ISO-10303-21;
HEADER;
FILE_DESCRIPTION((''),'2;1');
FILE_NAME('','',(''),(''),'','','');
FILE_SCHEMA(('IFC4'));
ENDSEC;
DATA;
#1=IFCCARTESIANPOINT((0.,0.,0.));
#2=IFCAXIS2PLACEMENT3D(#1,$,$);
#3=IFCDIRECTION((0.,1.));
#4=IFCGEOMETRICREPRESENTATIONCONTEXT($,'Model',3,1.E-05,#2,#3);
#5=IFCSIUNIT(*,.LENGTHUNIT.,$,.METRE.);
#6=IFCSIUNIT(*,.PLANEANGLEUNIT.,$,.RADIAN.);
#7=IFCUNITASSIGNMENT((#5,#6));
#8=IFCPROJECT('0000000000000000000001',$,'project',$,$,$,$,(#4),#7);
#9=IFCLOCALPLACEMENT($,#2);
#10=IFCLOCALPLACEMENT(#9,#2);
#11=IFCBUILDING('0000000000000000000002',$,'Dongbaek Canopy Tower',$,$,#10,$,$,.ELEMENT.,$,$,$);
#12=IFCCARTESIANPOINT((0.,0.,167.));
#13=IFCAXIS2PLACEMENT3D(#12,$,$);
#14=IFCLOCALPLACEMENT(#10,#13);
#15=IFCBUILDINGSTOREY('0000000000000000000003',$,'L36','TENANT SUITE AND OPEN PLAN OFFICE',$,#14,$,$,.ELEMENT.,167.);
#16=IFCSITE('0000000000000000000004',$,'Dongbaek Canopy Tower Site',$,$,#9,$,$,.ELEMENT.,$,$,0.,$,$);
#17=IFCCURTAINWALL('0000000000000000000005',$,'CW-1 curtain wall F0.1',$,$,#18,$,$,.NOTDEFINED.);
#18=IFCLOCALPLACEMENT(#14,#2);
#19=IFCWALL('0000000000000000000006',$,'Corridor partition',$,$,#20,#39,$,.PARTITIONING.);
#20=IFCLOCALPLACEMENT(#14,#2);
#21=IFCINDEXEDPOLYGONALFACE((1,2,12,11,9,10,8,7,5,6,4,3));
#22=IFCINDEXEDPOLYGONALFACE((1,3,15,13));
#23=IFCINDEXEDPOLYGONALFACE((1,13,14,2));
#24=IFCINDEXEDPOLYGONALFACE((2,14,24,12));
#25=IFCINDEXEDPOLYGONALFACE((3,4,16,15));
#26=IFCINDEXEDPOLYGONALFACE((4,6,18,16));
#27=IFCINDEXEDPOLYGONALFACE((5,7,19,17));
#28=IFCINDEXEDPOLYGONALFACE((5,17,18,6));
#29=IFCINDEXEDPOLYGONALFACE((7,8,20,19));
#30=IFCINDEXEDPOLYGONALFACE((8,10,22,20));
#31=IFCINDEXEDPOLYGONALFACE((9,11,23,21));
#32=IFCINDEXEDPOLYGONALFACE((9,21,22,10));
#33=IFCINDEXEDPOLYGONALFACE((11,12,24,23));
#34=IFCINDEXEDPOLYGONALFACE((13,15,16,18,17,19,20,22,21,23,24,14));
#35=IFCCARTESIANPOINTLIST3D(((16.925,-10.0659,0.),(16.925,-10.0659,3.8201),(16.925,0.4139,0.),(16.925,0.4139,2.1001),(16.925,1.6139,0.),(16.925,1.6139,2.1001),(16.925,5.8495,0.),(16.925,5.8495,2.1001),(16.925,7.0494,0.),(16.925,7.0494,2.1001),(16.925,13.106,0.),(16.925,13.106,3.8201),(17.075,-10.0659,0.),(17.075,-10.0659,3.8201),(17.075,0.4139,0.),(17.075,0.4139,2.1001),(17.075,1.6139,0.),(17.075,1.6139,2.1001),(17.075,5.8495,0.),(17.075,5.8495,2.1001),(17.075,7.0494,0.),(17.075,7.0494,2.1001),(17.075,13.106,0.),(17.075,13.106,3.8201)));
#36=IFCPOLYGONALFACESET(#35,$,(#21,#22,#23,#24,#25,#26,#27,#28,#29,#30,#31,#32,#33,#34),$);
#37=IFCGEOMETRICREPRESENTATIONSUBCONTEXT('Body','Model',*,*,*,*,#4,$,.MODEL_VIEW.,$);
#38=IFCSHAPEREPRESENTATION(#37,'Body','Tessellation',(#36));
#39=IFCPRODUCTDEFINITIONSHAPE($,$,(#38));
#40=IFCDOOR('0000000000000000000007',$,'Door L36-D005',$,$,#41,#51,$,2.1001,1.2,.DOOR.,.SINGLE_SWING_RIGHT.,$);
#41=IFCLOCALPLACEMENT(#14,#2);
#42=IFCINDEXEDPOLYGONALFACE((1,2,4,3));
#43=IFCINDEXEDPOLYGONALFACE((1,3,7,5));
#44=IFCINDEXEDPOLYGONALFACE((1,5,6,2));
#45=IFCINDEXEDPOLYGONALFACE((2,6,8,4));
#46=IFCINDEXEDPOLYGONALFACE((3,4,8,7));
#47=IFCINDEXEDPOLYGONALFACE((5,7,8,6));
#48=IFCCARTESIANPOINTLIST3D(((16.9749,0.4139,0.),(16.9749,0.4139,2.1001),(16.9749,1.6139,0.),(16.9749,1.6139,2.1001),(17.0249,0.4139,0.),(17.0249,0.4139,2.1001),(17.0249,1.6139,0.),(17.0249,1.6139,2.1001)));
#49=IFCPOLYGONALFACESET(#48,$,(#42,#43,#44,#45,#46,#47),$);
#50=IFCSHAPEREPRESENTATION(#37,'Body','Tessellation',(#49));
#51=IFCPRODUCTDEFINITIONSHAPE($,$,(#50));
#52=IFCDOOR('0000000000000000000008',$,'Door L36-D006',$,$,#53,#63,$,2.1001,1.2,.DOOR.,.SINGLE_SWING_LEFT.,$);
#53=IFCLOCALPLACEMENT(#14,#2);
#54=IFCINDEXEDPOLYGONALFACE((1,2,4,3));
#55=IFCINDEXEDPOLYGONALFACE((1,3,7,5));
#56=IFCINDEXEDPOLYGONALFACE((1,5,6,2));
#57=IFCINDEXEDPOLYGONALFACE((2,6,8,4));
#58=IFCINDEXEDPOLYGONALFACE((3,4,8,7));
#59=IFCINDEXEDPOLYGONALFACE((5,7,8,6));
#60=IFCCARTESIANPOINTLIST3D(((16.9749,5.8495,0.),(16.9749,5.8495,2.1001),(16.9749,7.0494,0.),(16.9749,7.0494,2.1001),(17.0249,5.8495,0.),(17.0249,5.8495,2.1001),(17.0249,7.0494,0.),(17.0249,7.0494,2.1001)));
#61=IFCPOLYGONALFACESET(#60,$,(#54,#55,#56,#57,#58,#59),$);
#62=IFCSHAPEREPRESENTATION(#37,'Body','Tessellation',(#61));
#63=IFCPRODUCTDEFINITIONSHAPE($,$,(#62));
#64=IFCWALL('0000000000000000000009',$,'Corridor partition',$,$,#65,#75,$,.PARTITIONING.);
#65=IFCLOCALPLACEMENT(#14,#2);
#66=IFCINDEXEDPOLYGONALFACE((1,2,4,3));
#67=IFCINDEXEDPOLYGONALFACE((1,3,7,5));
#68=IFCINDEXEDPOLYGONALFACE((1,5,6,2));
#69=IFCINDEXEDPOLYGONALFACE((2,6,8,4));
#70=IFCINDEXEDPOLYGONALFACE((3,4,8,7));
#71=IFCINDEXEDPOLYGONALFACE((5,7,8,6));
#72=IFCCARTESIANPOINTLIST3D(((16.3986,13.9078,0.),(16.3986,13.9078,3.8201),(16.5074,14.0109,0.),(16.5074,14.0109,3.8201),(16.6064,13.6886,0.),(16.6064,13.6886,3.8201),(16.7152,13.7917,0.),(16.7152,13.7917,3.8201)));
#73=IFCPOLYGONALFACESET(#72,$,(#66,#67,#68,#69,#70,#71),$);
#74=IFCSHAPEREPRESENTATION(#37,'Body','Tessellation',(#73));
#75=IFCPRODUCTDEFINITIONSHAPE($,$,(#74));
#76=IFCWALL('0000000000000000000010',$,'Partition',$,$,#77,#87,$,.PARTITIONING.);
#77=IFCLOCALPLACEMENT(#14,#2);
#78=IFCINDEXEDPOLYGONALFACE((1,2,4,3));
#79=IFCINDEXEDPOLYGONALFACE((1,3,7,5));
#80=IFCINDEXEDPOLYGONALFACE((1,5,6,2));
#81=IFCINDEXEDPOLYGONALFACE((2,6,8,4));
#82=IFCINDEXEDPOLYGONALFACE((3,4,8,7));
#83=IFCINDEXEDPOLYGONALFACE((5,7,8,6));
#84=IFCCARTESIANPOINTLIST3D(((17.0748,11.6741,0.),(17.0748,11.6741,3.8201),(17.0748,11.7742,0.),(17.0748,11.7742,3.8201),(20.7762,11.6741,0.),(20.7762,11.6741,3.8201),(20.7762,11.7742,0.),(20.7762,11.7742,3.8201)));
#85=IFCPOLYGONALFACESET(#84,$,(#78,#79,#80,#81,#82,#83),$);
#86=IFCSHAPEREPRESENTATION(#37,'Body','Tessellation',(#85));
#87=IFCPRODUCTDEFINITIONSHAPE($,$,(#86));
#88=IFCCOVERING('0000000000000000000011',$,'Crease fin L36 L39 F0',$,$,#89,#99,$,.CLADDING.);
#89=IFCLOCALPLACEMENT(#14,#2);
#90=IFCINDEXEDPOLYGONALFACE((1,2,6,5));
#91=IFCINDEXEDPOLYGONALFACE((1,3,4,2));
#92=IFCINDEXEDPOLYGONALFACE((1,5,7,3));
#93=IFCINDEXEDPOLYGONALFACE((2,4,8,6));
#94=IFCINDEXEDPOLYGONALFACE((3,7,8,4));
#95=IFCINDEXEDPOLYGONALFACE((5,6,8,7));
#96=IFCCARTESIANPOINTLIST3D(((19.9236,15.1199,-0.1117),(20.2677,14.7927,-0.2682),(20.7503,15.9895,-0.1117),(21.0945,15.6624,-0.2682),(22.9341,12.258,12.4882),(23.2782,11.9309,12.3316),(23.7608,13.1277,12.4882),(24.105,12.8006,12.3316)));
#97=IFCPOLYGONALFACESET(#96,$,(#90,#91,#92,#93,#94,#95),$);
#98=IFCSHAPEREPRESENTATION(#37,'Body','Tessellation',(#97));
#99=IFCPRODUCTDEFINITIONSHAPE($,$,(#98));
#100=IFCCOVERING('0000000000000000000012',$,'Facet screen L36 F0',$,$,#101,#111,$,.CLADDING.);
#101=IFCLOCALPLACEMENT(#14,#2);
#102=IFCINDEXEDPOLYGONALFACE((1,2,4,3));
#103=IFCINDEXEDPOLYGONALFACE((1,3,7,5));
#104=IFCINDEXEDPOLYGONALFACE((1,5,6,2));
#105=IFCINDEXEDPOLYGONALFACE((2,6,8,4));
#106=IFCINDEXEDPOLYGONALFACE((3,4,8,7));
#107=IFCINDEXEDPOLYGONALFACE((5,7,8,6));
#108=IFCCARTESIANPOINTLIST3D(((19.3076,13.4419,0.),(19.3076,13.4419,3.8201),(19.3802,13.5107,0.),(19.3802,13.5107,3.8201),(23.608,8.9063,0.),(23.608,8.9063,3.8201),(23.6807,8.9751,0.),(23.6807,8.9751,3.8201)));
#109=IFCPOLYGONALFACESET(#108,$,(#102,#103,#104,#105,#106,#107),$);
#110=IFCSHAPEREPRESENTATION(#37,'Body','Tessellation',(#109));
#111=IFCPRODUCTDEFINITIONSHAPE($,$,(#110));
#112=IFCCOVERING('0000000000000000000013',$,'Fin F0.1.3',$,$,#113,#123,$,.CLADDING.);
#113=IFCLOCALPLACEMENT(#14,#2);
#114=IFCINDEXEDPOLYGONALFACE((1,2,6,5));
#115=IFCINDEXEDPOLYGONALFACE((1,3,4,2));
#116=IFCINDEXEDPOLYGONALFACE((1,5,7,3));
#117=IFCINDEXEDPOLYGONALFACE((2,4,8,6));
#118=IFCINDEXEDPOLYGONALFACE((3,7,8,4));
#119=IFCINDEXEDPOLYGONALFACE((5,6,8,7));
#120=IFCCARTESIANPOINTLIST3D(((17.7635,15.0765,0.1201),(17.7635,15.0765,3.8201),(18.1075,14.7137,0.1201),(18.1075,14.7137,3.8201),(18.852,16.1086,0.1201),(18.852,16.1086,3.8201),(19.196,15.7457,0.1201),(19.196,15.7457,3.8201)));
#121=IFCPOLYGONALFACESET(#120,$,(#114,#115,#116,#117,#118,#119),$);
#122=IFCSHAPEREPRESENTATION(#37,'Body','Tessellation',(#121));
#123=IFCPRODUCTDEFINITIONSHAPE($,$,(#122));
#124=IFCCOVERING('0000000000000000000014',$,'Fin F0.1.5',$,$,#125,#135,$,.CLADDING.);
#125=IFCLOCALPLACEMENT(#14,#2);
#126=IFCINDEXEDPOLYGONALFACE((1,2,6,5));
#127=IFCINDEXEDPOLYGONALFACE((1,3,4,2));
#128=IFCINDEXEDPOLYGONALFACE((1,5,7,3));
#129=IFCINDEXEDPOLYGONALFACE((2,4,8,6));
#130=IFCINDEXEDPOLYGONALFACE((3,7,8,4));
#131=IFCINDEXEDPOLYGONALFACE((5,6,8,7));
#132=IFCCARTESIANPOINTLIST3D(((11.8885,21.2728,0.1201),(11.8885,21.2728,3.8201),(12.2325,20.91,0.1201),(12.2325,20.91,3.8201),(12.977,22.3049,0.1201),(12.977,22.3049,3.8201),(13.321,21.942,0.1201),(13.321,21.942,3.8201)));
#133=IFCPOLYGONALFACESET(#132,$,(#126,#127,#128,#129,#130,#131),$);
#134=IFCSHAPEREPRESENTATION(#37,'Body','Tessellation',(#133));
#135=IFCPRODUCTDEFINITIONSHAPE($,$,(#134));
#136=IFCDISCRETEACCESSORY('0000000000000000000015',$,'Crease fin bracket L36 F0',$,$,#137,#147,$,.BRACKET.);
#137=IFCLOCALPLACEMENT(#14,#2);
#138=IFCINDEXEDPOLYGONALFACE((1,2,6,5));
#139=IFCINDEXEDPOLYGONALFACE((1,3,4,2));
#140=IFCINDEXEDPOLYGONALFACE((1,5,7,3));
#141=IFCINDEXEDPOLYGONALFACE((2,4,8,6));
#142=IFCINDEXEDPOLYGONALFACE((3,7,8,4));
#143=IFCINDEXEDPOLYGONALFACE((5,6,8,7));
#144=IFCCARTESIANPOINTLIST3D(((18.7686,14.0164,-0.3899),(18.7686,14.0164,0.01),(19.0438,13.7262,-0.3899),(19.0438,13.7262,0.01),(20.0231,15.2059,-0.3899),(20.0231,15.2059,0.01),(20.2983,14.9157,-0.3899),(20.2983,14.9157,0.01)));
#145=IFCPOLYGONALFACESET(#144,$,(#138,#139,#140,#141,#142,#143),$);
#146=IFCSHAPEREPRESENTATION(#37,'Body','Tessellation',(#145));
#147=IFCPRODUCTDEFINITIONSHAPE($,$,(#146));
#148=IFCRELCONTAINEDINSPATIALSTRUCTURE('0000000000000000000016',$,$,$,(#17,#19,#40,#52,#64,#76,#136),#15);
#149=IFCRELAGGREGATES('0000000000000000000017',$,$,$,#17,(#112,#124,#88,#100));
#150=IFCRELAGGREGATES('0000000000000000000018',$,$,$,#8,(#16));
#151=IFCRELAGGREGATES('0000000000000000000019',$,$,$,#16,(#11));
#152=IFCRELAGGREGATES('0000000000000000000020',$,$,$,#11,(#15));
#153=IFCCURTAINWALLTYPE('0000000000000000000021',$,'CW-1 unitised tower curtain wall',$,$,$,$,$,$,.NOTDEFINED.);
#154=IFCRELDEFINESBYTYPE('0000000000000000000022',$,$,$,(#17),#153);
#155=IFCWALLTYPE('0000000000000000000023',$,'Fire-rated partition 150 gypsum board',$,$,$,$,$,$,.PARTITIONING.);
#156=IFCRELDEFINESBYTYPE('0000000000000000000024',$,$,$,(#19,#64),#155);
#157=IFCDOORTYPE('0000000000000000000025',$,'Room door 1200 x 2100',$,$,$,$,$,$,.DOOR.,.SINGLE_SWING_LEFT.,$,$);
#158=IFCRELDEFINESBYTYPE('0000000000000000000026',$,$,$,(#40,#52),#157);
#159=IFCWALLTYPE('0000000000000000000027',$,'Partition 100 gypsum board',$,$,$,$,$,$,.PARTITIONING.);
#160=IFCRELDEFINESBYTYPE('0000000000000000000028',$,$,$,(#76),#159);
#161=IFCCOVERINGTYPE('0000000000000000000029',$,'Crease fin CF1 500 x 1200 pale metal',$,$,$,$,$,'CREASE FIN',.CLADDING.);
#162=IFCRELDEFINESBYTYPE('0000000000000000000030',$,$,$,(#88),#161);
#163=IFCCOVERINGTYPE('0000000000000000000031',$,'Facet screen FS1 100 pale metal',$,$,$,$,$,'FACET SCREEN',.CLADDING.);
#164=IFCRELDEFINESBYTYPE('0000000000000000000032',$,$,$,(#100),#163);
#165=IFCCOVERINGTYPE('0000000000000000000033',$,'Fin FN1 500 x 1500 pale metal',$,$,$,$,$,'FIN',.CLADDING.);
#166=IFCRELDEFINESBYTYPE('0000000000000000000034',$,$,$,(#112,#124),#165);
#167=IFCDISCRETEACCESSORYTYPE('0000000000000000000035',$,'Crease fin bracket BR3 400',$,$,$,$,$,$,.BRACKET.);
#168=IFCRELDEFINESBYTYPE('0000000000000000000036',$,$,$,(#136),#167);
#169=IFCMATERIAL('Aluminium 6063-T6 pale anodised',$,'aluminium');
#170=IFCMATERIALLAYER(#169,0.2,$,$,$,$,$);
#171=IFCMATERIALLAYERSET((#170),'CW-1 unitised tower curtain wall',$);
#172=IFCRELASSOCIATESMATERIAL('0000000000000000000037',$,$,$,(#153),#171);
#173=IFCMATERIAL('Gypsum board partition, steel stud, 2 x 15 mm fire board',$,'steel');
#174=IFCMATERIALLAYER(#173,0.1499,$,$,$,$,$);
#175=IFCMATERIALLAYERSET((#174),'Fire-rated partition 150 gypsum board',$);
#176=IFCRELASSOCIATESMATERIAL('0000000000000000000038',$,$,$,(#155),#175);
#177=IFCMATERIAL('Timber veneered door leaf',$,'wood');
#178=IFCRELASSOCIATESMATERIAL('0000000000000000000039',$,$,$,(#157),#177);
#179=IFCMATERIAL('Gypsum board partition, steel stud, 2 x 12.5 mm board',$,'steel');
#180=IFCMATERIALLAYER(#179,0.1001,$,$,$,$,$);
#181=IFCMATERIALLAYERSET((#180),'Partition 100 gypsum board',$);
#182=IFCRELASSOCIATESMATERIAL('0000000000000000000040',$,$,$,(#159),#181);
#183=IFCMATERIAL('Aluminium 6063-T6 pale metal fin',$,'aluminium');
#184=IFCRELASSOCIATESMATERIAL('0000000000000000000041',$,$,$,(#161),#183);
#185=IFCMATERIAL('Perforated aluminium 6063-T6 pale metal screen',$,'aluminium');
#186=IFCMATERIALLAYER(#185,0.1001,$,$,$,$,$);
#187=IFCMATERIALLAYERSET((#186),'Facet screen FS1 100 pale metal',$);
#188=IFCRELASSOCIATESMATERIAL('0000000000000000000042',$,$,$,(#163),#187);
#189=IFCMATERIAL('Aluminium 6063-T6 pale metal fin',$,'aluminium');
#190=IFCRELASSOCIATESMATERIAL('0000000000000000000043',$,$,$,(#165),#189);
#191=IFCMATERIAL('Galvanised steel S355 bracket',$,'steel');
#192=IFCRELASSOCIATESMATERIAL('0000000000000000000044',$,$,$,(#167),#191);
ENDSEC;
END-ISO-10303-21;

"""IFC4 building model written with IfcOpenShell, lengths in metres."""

from ifc_helpers import new_model, si_unit, direction, frame, frame_2d, origin, origin_2d, place, context, subcontext, project, spatial, rectangle, extrude, material, layer, layer_set, material_profile, profile_set, type_object, element, fill, aggregate, save


model = new_model("IFC4")

# Units and contexts
model_context = context("Model", 3, precision=1e-05, world=origin(), true_north=direction((0.0, 1.0)))
body_context = subcontext(model_context, "Body", "Model", "MODEL_VIEW")
ifc_project = project(units=[si_unit("LENGTHUNIT", "METRE"), si_unit("PLANEANGLEUNIT", "RADIAN")], contexts=[model_context])

# Site, building, storey
site_placement = place(None, origin())
site = spatial("IfcSite", under=ifc_project, at=site_placement, Name="Dongbaek Canopy Tower Site", CompositionType="ELEMENT", RefElevation=0.0)
building_placement = place(site_placement, origin())
building = spatial("IfcBuilding", under=site, at=building_placement, Name="Dongbaek Canopy Tower", CompositionType="ELEMENT")
storey_placement = place(building_placement, frame((0.0, 0.0, 167.0)))
storey = spatial("IfcBuildingStorey", under=building, at=storey_placement, Name="L36", Description="TENANT SUITE AND OPEN PLAN OFFICE", CompositionType="ELEMENT", Elevation=167.0)

# Curtain wall
ifc_material_1 = material(Name="Aluminium 6063-T6 pale anodised", Category="aluminium")
ifc_layer_1 = layer(ifc_material_1, 0.2)
ifc_layer_set_1 = layer_set([ifc_layer_1], Name="CW-1 unitised tower curtain wall")
curtain_wall_type = type_object("IfcCurtainWallType", Name="CW-1 unitised tower curtain wall", PredefinedType="NOTDEFINED", material=ifc_layer_set_1)
curtain_wall_placement = place(storey_placement, origin())
curtain_wall = element("IfcCurtainWall", 1, at=curtain_wall_placement, inside=storey, type_object=curtain_wall_type, Name="CW-1 curtain wall F0.1", PredefinedType="NOTDEFINED")

# Wall, openings, doors
ifc_material_2 = material(Name="Gypsum board partition, steel stud, 2 x 15 mm fire board", Category="steel")
ifc_layer_2 = layer(ifc_material_2, 0.1499)
ifc_layer_set_2 = layer_set([ifc_layer_2], Name="Fire-rated partition 150 gypsum board")
wall_type_1 = type_object("IfcWallType", Name="Fire-rated partition 150 gypsum board", PredefinedType="PARTITIONING", material=ifc_layer_set_2)
wall_1_placement = place(storey_placement, frame((17.0, 13.106, 0.0), z_axis=(0.0, 0.0, 1.0), x_axis=(0.0, -1.0, 0.0)))
wall_1 = element("IfcWall", 2, at=wall_1_placement, inside=storey, type_object=wall_type_1, Name="Corridor partition", PredefinedType="PARTITIONING", context=body_context, shape_type="SweptSolid", body=[
    extrude(rectangle(XDim=23.1719, YDim=0.1499, at=frame_2d((11.5859, 0.0))), origin(), (0.0, 0.0, 1.0), 3.8201),
])
opening_1_placement = place(wall_1_placement, frame((11.4919, 0.0, 0.0)))
opening_1 = element("IfcOpeningElement", 3, at=opening_1_placement, cuts=wall_1, PredefinedType="OPENING", context=body_context, shape_type="SweptSolid", body=[
    extrude(rectangle(XDim=1.2, YDim=2.1001, at=frame_2d((0.6001, 1.05))), frame((0.0, 0.085, 0.0), z_axis=(0.0, -1.0, 0.0), x_axis=(1.0, 0.0, 0.0)), (0.0, 0.0, 1.0), 0.1699),
])
opening_2_placement = place(wall_1_placement, frame((6.0564, 0.0, 0.0)))
opening_2 = element("IfcOpeningElement", 4, at=opening_2_placement, cuts=wall_1, PredefinedType="OPENING", context=body_context, shape_type="SweptSolid", body=[
    extrude(rectangle(XDim=1.2, YDim=2.1001, at=frame_2d((0.6001, 1.05))), frame((0.0, 0.085, 0.0), z_axis=(0.0, -1.0, 0.0), x_axis=(1.0, 0.0, 0.0)), (0.0, 0.0, 1.0), 0.1699),
])
ifc_material_3 = material(Name="Timber veneered door leaf", Category="wood")
door_type = type_object("IfcDoorType", Name="Room door 1200 x 2100", OperationType="SINGLE_SWING_LEFT", PredefinedType="DOOR", material=ifc_material_3)
door_1_placement = place(opening_1_placement, origin())
door_1 = element("IfcDoor", 5, at=door_1_placement, inside=storey, type_object=door_type, Name="Door L36-D005", OperationType="SINGLE_SWING_RIGHT", OverallHeight=2.1001, OverallWidth=1.2, PredefinedType="DOOR", context=body_context, shape_type="SweptSolid", body=[
    extrude(rectangle(XDim=1.2, YDim=2.1001, at=frame_2d((0.6001, 1.05))), frame((0.0, 0.0249, 0.0), z_axis=(0.0, -1.0, 0.0), x_axis=(1.0, 0.0, 0.0)), (0.0, 0.0, 1.0), 0.05),
])
fill(opening_1, door_1)
door_2_placement = place(opening_2_placement, origin())
door_2 = element("IfcDoor", 6, at=door_2_placement, inside=storey, type_object=door_type, Name="Door L36-D006", OperationType="SINGLE_SWING_LEFT", OverallHeight=2.1001, OverallWidth=1.2, PredefinedType="DOOR", context=body_context, shape_type="SweptSolid", body=[
    extrude(rectangle(XDim=1.2, YDim=2.1001, at=frame_2d((0.6001, 1.05))), frame((0.0, 0.0249, 0.0), z_axis=(0.0, -1.0, 0.0), x_axis=(1.0, 0.0, 0.0)), (0.0, 0.0, 1.0), 0.05),
])
fill(opening_2, door_2)

# Walls
wall_2_placement = place(storey_placement, frame((16.4531, 13.9592, 0.0), z_axis=(0.0, 0.0, 1.0), x_axis=(0.687857, -0.725846, 0.0)))
element("IfcWall", 7, at=wall_2_placement, inside=storey, type_object=wall_type_1, Name="Corridor partition", PredefinedType="PARTITIONING", context=body_context, shape_type="SweptSolid", body=[
    extrude(rectangle(XDim=0.302, YDim=0.1499, at=frame_2d((0.1509, 0.0))), origin(), (0.0, 0.0, 1.0), 3.8201),
])
ifc_material_4 = material(Name="Gypsum board partition, steel stud, 2 x 12.5 mm board", Category="steel")
ifc_layer_3 = layer(ifc_material_4, 0.1001)
ifc_layer_set_3 = layer_set([ifc_layer_3], Name="Partition 100 gypsum board")
wall_type_2 = type_object("IfcWallType", Name="Partition 100 gypsum board", PredefinedType="PARTITIONING", material=ifc_layer_set_3)
wall_3_placement = place(storey_placement, frame((17.075, 11.7241, 0.0), z_axis=(0.0, 0.0, 1.0), x_axis=(1.0, 0.0, 0.0)))
element("IfcWall", 8, at=wall_3_placement, inside=storey, type_object=wall_type_2, Name="Partition", PredefinedType="PARTITIONING", context=body_context, shape_type="SweptSolid", body=[
    extrude(rectangle(XDim=3.7014, YDim=0.1001, at=frame_2d((1.8506, 0.0))), origin(), (0.0, 0.0, 1.0), 3.8201),
])

# Coverings
ifc_material_5 = material(Name="Aluminium 6063-T6 pale metal fin", Category="aluminium")
ifc_material_profile_1 = material_profile(ifc_material_5, rectangle(XDim=1.2, YDim=0.5, at=origin_2d()), Name="Crease fin CF1 500 x 1200 pale metal")
ifc_profile_set_1 = profile_set([ifc_material_profile_1], Name="Aluminium 6063-T6 pale metal fin")
covering_type_1 = type_object("IfcCoveringType", Name="Crease fin CF1 500 x 1200 pale metal", ElementType="CREASE FIN", PredefinedType="CLADDING", material=ifc_profile_set_1)
covering_1_placement = place(storey_placement, frame((20.509, 15.3911, -0.1899), z_axis=(0.226919, -0.215712, 0.949724), x_axis=(0.688983, 0.724778, 0.0)))
covering_1 = element("IfcCovering", 9, at=covering_1_placement, type_object=covering_type_1, Name="Crease fin L36 L39 F0", PredefinedType="CLADDING", context=body_context, shape_type="SweptSolid", body=[
    extrude(rectangle(XDim=1.2, YDim=0.5, at=origin_2d()), origin(), (0.0, 0.0, 1.0), 13.2668),
])
ifc_material_6 = material(Name="Perforated aluminium 6063-T6 pale metal screen", Category="aluminium")
ifc_layer_4 = layer(ifc_material_6, 0.1001)
ifc_layer_set_4 = layer_set([ifc_layer_4], Name="Facet screen FS1 100 pale metal")
covering_type_2 = type_object("IfcCoveringType", Name="Facet screen FS1 100 pale metal", ElementType="FACET SCREEN", PredefinedType="CLADDING", material=ifc_layer_set_4)
covering_2_placement = place(storey_placement, frame((21.4941, 11.2085, 0.0), z_axis=(0.0, 0.0, 1.0), x_axis=(-0.688043, 0.72567, 0.0)))
covering_2 = element("IfcCovering", 10, at=covering_2_placement, type_object=covering_type_2, Name="Facet screen L36 F0", PredefinedType="CLADDING", context=body_context, shape_type="SweptSolid", body=[
    extrude(rectangle(XDim=6.2502, YDim=0.1001, at=origin_2d()), origin(), (0.0, 0.0, 1.0), 3.8201),
])
ifc_material_7 = material(Name="Aluminium 6063-T6 pale metal fin", Category="aluminium")
ifc_material_profile_2 = material_profile(ifc_material_7, rectangle(XDim=1.5, YDim=0.5, at=origin_2d()), Name="Fin FN1 500 x 1500 pale metal")
ifc_profile_set_2 = profile_set([ifc_material_profile_2], Name="Aluminium 6063-T6 pale metal fin")
covering_type_3 = type_object("IfcCoveringType", Name="Fin FN1 500 x 1500 pale metal", ElementType="FIN", PredefinedType="CLADDING", material=ifc_profile_set_2)
covering_3_placement = place(storey_placement, frame((18.4797, 15.4111, 0.1201), z_axis=(0.0, 0.0, 1.0), x_axis=(0.72567, 0.688043, 0.0)))
covering_3 = element("IfcCovering", 11, at=covering_3_placement, type_object=covering_type_3, Name="Fin F0.1.3", PredefinedType="CLADDING", context=body_context, shape_type="SweptSolid", body=[
    extrude(rectangle(XDim=1.5, YDim=0.5, at=origin_2d()), origin(), (0.0, 0.0, 1.0), 3.7),
])
covering_4_placement = place(storey_placement, frame((12.6047, 21.6074, 0.1201), z_axis=(0.0, 0.0, 1.0), x_axis=(0.72567, 0.688043, 0.0)))
covering_4 = element("IfcCovering", 12, at=covering_4_placement, type_object=covering_type_3, Name="Fin F0.1.5", PredefinedType="CLADDING", context=body_context, shape_type="SweptSolid", body=[
    extrude(rectangle(XDim=1.5, YDim=0.5, at=origin_2d()), origin(), (0.0, 0.0, 1.0), 3.7),
])
aggregate(curtain_wall, [covering_3, covering_4, covering_1, covering_2])

# Discrete accessory
ifc_material_8 = material(Name="Galvanised steel S355 bracket", Category="steel")
discrete_accessory_type = type_object("IfcDiscreteAccessoryType", Name="Crease fin bracket BR3 400", PredefinedType="BRACKET", material=ifc_material_8)
discrete_accessory_placement = place(storey_placement, frame((19.5334, 14.4661, -0.3899), z_axis=(0.0, 0.0, 1.0), x_axis=(0.72567, 0.688043, 0.0)))
element("IfcDiscreteAccessory", 13, at=discrete_accessory_placement, inside=storey, type_object=discrete_accessory_type, Name="Crease fin bracket L36 F0", PredefinedType="BRACKET", context=body_context, shape_type="SweptSolid", body=[
    extrude(rectangle(XDim=1.7288, YDim=0.3999, at=origin_2d()), origin(), (0.0, 0.0, 1.0), 0.3999),
])

save(model, "model.ifc")
